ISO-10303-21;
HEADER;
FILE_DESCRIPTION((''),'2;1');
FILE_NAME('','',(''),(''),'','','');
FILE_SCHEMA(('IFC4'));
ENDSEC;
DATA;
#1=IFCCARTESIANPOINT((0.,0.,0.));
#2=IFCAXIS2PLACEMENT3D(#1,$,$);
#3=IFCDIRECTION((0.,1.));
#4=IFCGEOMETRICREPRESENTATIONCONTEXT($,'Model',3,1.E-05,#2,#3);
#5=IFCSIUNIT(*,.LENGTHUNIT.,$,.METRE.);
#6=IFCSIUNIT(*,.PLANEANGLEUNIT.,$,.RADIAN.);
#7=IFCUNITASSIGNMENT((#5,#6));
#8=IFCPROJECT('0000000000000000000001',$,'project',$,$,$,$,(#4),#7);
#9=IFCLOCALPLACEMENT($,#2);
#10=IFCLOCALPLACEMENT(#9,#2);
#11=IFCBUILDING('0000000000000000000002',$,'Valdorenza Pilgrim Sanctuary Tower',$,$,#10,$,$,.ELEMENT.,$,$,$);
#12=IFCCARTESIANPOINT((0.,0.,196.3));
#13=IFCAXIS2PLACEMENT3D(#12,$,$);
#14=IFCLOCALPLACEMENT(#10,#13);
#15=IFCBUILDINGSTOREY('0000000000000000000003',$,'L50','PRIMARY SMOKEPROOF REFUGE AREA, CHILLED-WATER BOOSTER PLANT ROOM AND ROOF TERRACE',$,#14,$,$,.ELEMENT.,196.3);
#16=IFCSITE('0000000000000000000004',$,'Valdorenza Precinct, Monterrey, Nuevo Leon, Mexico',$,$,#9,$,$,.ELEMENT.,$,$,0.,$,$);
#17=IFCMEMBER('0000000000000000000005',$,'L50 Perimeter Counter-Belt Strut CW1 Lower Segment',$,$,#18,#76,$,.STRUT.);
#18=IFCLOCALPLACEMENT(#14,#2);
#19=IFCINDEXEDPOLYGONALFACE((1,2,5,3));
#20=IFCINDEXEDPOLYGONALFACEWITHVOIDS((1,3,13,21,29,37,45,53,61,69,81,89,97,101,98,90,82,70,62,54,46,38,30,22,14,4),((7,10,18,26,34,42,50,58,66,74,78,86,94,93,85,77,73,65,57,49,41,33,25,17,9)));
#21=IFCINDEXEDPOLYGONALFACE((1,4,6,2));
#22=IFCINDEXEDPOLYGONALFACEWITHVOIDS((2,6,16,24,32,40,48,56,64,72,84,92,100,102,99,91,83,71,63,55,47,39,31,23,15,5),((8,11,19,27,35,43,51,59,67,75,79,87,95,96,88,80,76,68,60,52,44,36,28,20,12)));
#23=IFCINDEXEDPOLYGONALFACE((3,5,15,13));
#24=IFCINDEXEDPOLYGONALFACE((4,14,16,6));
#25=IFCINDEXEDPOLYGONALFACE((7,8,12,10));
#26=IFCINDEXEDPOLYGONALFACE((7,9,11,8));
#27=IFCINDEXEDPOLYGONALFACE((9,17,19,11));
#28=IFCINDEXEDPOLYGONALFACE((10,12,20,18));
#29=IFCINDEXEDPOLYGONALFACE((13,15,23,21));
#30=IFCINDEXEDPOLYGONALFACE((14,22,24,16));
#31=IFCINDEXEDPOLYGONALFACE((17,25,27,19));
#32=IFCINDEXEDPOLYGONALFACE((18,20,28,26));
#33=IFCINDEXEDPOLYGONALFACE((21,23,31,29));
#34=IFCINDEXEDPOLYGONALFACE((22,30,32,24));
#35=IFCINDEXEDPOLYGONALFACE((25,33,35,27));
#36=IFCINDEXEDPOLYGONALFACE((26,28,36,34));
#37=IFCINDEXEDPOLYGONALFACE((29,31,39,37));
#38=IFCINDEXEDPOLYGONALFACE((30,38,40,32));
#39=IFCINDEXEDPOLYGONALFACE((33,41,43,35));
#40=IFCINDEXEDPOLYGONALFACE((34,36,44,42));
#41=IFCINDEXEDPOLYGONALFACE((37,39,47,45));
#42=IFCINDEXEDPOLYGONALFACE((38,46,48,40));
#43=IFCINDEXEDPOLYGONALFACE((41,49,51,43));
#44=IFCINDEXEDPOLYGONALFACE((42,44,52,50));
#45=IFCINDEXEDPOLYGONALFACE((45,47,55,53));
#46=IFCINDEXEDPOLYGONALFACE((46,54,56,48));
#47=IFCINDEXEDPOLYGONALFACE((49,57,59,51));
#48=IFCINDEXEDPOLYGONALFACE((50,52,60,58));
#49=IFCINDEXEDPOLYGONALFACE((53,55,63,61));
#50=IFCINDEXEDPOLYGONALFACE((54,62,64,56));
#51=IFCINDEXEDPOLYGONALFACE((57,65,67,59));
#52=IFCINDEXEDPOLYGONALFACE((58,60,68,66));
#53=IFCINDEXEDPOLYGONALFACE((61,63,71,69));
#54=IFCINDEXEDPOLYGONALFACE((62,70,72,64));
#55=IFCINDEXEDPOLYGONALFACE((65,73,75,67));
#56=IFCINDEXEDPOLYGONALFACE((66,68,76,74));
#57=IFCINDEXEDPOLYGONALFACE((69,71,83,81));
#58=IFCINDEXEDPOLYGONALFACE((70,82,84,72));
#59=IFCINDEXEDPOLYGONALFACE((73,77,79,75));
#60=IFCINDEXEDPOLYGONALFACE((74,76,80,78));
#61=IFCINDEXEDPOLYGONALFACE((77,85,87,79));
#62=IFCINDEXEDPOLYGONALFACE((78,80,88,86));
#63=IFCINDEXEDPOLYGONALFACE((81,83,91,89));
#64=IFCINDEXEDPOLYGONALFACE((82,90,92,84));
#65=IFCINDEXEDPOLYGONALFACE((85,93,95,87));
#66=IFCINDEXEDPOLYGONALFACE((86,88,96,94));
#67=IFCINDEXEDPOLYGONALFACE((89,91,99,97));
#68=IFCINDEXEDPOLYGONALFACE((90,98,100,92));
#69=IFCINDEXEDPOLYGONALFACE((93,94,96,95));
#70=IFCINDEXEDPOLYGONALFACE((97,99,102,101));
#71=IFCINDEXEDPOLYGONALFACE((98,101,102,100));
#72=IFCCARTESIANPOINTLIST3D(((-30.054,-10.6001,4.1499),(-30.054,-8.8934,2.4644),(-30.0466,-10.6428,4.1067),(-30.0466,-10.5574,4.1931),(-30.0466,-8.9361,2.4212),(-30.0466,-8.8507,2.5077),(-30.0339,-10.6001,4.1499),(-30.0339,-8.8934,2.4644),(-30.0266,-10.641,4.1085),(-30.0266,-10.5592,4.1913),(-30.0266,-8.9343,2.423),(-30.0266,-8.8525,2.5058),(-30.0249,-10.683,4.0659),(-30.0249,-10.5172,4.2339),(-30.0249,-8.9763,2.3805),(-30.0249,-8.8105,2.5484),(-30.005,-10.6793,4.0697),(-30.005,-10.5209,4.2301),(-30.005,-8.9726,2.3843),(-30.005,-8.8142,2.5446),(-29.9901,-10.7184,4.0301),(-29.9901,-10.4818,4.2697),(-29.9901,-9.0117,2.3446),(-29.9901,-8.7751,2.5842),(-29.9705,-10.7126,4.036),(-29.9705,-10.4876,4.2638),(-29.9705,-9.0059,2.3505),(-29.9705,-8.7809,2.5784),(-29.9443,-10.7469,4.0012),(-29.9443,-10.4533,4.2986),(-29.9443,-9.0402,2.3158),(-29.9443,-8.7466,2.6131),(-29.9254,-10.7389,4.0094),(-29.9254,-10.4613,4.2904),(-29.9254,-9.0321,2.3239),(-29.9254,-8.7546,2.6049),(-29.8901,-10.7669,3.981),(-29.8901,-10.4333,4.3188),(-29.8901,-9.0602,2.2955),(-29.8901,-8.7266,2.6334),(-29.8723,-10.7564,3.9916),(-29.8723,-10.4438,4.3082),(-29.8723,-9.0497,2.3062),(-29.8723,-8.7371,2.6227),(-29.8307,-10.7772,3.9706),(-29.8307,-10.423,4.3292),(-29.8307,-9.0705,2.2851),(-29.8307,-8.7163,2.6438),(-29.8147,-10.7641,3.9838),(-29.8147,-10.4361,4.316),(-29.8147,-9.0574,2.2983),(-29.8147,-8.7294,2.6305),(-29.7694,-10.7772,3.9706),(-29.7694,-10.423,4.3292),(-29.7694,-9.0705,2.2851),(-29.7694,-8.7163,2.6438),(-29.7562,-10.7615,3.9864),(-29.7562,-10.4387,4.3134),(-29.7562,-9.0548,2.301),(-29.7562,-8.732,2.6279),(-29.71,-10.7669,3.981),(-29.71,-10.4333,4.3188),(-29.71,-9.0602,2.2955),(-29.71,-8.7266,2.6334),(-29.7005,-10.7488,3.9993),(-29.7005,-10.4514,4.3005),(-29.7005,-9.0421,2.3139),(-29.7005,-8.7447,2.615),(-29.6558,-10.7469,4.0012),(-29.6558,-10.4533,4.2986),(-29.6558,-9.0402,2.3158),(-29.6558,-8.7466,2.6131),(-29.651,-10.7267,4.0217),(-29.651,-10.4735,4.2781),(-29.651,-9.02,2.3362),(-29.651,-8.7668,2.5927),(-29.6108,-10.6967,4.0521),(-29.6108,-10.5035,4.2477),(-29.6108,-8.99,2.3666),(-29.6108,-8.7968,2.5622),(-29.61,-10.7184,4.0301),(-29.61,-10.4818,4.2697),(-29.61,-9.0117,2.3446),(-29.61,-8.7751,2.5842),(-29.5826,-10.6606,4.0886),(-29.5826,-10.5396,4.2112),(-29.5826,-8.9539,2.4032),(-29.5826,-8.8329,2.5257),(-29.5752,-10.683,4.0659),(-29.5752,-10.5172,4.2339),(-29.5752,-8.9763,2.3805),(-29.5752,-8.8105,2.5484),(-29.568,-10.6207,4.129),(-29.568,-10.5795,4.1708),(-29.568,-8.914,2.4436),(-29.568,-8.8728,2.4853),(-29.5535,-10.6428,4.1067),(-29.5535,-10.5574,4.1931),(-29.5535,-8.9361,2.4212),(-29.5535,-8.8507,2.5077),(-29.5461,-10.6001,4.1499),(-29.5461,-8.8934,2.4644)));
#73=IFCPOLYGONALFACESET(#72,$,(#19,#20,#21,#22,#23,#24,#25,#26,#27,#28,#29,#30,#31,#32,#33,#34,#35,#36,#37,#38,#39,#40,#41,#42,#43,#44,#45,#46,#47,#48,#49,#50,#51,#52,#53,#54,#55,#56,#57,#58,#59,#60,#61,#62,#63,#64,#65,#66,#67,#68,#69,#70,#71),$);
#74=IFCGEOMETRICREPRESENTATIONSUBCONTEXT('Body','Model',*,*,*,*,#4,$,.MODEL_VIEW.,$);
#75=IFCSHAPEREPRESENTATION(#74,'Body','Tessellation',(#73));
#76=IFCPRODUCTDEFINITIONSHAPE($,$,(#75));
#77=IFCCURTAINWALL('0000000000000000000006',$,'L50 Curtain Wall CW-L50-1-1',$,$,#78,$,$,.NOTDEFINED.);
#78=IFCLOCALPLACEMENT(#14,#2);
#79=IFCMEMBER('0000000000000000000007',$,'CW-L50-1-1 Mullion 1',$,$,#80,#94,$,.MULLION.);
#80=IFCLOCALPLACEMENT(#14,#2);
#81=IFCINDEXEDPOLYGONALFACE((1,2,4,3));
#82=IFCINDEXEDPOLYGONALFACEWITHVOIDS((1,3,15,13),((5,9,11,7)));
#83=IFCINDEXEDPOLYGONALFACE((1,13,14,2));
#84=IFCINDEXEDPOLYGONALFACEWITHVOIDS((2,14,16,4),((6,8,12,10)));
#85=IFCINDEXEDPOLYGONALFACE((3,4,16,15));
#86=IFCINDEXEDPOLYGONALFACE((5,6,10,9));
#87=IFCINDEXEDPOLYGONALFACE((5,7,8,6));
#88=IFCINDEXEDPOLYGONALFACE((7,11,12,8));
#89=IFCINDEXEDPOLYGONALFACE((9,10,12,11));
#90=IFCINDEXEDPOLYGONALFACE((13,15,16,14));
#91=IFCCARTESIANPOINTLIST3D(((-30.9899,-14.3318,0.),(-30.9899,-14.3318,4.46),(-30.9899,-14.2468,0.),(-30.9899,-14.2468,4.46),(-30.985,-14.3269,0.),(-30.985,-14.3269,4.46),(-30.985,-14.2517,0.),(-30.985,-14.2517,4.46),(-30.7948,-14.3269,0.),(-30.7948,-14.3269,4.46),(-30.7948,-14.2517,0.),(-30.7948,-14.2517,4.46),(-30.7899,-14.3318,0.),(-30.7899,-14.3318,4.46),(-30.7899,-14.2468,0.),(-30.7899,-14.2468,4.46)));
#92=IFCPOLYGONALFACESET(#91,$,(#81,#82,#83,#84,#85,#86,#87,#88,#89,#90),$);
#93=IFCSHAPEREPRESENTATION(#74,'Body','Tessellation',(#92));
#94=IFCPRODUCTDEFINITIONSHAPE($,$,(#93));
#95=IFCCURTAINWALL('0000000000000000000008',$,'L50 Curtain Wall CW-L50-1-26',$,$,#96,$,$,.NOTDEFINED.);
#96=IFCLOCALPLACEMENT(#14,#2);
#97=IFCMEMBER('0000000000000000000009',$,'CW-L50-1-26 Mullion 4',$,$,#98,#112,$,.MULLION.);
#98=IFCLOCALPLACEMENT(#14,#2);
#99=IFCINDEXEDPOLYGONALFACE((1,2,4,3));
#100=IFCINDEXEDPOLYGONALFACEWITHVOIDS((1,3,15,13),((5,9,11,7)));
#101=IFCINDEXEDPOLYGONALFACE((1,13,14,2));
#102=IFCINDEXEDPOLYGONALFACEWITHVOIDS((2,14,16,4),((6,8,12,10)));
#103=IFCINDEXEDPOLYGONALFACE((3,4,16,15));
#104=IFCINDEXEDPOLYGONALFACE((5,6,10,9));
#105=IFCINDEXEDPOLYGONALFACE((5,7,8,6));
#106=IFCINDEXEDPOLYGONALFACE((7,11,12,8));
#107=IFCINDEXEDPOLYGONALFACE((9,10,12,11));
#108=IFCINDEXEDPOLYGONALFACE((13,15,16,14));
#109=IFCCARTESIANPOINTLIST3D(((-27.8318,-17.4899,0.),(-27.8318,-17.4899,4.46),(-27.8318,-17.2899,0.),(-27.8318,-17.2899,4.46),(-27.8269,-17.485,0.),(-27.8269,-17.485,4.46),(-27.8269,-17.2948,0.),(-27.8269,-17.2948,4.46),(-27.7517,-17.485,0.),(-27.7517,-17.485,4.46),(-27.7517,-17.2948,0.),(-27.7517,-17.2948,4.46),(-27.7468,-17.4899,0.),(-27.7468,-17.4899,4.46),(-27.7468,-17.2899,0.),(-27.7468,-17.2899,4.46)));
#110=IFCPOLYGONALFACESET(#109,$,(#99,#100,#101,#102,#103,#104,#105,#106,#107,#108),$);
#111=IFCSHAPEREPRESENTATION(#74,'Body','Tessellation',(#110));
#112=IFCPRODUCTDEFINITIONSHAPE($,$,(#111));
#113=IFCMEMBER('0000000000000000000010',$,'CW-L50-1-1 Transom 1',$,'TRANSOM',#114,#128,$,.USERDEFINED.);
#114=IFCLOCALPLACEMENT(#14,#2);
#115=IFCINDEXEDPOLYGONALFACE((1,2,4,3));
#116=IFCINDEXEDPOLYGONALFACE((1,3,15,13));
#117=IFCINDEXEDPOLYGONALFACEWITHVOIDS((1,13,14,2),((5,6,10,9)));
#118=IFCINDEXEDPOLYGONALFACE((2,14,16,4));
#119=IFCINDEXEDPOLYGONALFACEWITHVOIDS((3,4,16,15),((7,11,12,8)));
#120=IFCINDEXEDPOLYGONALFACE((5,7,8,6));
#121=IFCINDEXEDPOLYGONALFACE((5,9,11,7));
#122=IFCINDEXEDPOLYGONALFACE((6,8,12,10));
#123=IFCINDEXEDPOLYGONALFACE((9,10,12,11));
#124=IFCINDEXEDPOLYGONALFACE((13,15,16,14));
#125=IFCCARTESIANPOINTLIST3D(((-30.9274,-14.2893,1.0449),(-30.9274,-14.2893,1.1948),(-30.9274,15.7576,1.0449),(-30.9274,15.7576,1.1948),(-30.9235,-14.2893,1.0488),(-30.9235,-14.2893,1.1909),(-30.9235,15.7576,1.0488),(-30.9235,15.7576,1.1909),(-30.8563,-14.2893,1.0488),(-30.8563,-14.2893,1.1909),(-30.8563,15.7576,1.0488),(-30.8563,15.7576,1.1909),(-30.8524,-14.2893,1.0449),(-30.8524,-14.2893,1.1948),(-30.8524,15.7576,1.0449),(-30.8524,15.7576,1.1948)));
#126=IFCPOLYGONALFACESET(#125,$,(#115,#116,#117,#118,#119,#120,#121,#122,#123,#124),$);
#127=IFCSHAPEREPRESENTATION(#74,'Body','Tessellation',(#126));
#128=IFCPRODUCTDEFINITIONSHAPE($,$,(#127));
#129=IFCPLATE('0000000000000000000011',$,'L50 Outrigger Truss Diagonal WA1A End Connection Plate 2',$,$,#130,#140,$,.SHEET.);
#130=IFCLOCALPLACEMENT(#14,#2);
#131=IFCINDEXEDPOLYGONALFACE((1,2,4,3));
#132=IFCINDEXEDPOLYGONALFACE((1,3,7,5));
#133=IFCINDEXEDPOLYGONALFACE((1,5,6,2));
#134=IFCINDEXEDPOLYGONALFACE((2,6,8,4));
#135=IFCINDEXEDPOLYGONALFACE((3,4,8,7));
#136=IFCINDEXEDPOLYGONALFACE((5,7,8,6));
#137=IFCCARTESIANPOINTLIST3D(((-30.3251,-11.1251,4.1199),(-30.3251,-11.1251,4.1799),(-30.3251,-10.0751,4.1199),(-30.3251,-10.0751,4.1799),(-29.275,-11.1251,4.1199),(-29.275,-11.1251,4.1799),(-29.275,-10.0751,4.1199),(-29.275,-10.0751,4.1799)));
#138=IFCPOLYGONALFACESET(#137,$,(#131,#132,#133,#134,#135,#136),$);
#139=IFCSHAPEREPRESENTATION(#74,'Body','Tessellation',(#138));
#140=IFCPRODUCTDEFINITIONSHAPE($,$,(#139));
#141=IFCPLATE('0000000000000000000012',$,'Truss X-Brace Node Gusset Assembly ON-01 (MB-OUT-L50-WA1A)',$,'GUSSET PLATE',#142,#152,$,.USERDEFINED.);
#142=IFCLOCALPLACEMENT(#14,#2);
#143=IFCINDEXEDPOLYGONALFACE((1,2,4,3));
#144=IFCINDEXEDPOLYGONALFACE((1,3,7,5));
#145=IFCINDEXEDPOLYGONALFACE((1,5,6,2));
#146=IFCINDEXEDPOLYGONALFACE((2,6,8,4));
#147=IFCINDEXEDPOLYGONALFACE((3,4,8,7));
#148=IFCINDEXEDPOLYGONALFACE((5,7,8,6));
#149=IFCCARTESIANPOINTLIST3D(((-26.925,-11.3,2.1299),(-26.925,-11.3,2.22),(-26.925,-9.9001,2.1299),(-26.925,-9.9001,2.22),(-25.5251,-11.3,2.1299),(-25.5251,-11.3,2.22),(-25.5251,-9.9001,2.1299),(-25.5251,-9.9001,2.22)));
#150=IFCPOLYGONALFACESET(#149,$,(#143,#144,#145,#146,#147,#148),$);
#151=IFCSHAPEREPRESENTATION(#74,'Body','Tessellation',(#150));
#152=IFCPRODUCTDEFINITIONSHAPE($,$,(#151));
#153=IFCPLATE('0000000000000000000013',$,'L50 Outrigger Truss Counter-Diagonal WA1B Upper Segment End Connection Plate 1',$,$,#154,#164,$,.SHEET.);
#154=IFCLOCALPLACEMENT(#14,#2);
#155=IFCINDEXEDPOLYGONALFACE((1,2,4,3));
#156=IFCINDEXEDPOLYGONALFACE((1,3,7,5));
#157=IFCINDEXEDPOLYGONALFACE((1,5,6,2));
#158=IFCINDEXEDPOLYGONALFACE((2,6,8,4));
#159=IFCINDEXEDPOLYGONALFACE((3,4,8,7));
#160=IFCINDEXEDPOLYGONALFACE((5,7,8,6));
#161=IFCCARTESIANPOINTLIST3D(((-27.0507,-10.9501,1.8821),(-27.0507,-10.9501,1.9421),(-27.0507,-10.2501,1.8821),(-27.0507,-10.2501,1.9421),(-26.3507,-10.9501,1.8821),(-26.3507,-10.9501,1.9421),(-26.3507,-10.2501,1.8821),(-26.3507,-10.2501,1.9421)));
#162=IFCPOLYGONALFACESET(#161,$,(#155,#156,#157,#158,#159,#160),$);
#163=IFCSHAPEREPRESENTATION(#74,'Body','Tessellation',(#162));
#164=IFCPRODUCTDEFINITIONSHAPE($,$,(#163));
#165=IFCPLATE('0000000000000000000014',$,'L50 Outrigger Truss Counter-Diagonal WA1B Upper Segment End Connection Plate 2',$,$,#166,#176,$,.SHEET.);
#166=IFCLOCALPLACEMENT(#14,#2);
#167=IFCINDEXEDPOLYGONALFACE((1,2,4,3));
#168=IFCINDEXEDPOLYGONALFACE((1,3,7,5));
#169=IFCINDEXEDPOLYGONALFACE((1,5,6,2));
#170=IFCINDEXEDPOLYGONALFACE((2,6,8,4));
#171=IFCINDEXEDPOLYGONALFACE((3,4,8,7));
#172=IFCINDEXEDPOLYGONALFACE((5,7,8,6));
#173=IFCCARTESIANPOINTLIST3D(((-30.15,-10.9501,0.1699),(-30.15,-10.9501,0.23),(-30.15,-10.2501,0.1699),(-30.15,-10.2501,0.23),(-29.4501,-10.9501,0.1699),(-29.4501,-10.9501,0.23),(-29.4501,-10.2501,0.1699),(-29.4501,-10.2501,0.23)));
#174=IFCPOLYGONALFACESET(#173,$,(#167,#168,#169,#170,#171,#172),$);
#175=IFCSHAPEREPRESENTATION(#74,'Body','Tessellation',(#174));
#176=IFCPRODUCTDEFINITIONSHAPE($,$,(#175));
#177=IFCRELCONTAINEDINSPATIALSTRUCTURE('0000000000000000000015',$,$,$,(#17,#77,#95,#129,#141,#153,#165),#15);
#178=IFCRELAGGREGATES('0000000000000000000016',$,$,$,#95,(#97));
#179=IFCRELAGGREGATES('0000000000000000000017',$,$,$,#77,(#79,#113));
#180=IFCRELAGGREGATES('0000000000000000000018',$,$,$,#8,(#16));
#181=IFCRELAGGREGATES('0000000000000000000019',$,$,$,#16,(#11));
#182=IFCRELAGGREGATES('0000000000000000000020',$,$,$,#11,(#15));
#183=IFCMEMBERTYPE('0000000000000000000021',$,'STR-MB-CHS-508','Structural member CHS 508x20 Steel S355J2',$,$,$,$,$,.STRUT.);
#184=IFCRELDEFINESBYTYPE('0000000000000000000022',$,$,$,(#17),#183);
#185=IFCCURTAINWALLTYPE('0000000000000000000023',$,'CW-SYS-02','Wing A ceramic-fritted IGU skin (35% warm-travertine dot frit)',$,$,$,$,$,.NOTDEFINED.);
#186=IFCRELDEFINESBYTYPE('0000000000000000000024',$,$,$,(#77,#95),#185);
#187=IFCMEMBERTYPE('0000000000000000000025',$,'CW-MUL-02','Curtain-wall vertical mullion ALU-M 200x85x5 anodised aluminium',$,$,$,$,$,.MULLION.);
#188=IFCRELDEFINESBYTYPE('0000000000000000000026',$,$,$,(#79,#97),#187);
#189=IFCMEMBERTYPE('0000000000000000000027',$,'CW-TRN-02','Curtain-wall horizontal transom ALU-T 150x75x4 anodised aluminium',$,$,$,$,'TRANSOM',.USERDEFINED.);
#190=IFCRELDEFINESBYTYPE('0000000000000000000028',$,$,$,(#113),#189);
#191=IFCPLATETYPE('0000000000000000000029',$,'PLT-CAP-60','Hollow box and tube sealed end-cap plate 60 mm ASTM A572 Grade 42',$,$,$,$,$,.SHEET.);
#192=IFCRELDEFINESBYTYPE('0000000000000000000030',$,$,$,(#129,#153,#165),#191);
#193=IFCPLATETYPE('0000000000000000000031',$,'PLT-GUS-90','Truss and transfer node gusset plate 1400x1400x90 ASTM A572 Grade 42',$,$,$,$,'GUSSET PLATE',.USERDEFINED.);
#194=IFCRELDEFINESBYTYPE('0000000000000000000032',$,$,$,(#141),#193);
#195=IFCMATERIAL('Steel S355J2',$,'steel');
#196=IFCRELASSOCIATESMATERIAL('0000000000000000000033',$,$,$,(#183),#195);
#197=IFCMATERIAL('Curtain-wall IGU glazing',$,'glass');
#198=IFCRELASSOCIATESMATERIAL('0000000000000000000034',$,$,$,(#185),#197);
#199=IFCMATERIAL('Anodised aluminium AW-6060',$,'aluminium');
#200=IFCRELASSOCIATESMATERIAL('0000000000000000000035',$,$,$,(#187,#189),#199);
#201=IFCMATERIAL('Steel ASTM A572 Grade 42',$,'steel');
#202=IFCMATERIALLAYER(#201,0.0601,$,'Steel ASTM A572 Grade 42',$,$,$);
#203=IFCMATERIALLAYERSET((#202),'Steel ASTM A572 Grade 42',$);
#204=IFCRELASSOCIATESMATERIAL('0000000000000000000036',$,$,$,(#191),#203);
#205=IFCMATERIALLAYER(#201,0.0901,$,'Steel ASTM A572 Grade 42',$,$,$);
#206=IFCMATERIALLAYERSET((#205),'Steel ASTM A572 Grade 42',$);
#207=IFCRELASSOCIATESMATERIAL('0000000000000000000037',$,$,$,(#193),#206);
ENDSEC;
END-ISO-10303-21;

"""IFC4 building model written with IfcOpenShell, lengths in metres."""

from ifc_helpers import new_model, si_unit, direction, frame, origin, origin_2d, place, context, subcontext, project, spatial, rectangle, hollow_rectangle, hollow_circle, extrude, source, transform, mapped, material, layer, layer_set, material_profile, profile_set, type_object, element, aggregate, save


model = new_model("IFC4")

# Units and contexts
model_context = context("Model", 3, precision=1e-05, world=origin(), true_north=direction((0.0, 1.0)))
body_context = subcontext(model_context, "Body", "Model", "MODEL_VIEW")
ifc_project = project(units=[si_unit("LENGTHUNIT", "METRE"), si_unit("PLANEANGLEUNIT", "RADIAN")], contexts=[model_context])

# Site, building, storey
site_placement = place(None, origin())
site = spatial("IfcSite", under=ifc_project, at=site_placement, Name="Valdorenza Precinct, Monterrey, Nuevo Leon, Mexico", CompositionType="ELEMENT", RefElevation=0.0)
building_placement = place(site_placement, origin())
building = spatial("IfcBuilding", under=site, at=building_placement, Name="Valdorenza Pilgrim Sanctuary Tower", CompositionType="ELEMENT")
storey_placement = place(building_placement, frame((0.0, 0.0, 196.3)))
storey = spatial("IfcBuildingStorey", under=building, at=storey_placement, Name="L50", Description="PRIMARY SMOKEPROOF REFUGE AREA, CHILLED-WATER BOOSTER PLANT ROOM AND ROOF TERRACE", CompositionType="ELEMENT", Elevation=196.3)

# Member
ifc_material_1 = material(Name="Steel ASTM A572 Grade 42", Category="steel")
ifc_material_2 = material(Name="Steel S355J2", Category="steel")
ifc_material_profile_1 = material_profile(ifc_material_2, hollow_circle(Radius=0.2539, WallThickness=0.02, at=origin_2d()), Name="CHS 508x20")
ifc_profile_set_1 = profile_set([ifc_material_profile_1], Name="Steel S355J2")
member_type_1 = type_object("IfcMemberType", Name="STR-MB-CHS-508", Description="Structural member CHS 508x20 Steel S355J2", PredefinedType="STRUT", material=ifc_profile_set_1)
shared_shape_1 = source(origin(), body_context, "Body", "SweptSolid", [
    extrude(hollow_circle(Radius=0.2539, WallThickness=0.02, at=origin_2d()), origin(), (0.0, 0.0, 1.0), 2.3987),
])
member_1_placement = place(storey_placement, frame((-29.8, -10.6001, 4.1499), z_axis=(0.0, 0.71152, -0.702666), x_axis=(-1.0, 0.0, 0.0)))
element("IfcMember", 1, at=member_1_placement, inside=storey, type_object=member_type_1, Name="L50 Perimeter Counter-Belt Strut CW1 Lower Segment", PredefinedType="STRUT", context=body_context, shape_type="MappedRepresentation", body=[
    mapped(shared_shape_1, transform((0.0, 0.0, 0.0), x_axis=(1.0, 0.0, 0.0), y_axis=(0.0, 1.0, 0.0), z_axis=(0.0, 0.0, 1.0), scale=1.0)),
])

# Curtain walls, members
ifc_material_3 = material(Name="Curtain-wall IGU glazing", Category="glass")
curtain_wall_type = type_object("IfcCurtainWallType", Name="CW-SYS-02", Description="Wing A ceramic-fritted IGU skin (35% warm-travertine dot frit)", PredefinedType="NOTDEFINED", material=ifc_material_3)
curtain_wall_1_placement = place(storey_placement, origin())
curtain_wall_1 = element("IfcCurtainWall", 2, at=curtain_wall_1_placement, inside=storey, type_object=curtain_wall_type, Name="L50 Curtain Wall CW-L50-1-1", PredefinedType="NOTDEFINED")
ifc_material_4 = material(Name="Anodised aluminium AW-6060", Category="aluminium")
ifc_material_profile_2 = material_profile(ifc_material_4, hollow_rectangle(XDim=0.085, YDim=0.2, WallThickness=0.0049, at=origin_2d()), Name="ALU-M 200x85x5")
ifc_profile_set_2 = profile_set([ifc_material_profile_2], Name="Anodised aluminium AW-6060")
member_type_2 = type_object("IfcMemberType", Name="CW-MUL-02", Description="Curtain-wall vertical mullion ALU-M 200x85x5 anodised aluminium", PredefinedType="MULLION", material=ifc_profile_set_2)
shared_shape_2 = source(origin(), body_context, "Body", "SweptSolid", [
    extrude(hollow_rectangle(XDim=0.085, YDim=0.2, WallThickness=0.0049, at=origin_2d()), origin(), (0.0, 0.0, 1.0), 4.46),
])
member_2_placement = place(storey_placement, frame((-30.8899, -14.2893, 0.0), z_axis=(0.0, 0.0, 1.0), x_axis=(0.0, 1.0, 0.0)))
member_2 = element("IfcMember", 3, at=member_2_placement, type_object=member_type_2, Name="CW-L50-1-1 Mullion 1", PredefinedType="MULLION", context=body_context, shape_type="MappedRepresentation", body=[
    mapped(shared_shape_2, transform((0.0, 0.0, 0.0), x_axis=(1.0, 0.0, 0.0), y_axis=(0.0, 1.0, 0.0), z_axis=(0.0, 0.0, 1.0), scale=1.0)),
])
curtain_wall_2_placement = place(storey_placement, origin())
curtain_wall_2 = element("IfcCurtainWall", 4, at=curtain_wall_2_placement, inside=storey, type_object=curtain_wall_type, Name="L50 Curtain Wall CW-L50-1-26", PredefinedType="NOTDEFINED")
member_3_placement = place(storey_placement, frame((-27.7893, -17.3899, 0.0), z_axis=(0.0, 0.0, 1.0), x_axis=(-1.0, 0.0, 0.0)))
member_3 = element("IfcMember", 5, at=member_3_placement, type_object=member_type_2, Name="CW-L50-1-26 Mullion 4", PredefinedType="MULLION", context=body_context, shape_type="MappedRepresentation", body=[
    mapped(shared_shape_2, transform((0.0, 0.0, 0.0), x_axis=(1.0, 0.0, 0.0), y_axis=(0.0, 1.0, 0.0), z_axis=(0.0, 0.0, 1.0), scale=1.0)),
])
aggregate(curtain_wall_2, [member_3])

# Member
ifc_material_profile_3 = material_profile(ifc_material_4, hollow_rectangle(XDim=0.075, YDim=0.1499, WallThickness=0.0039, at=origin_2d()), Name="ALU-T 150x75x4")
ifc_profile_set_3 = profile_set([ifc_material_profile_3], Name="Anodised aluminium AW-6060")
member_type_3 = type_object("IfcMemberType", Name="CW-TRN-02", Description="Curtain-wall horizontal transom ALU-T 150x75x4 anodised aluminium", ElementType="TRANSOM", PredefinedType="USERDEFINED", material=ifc_profile_set_3)
shared_shape_3 = source(origin(), body_context, "Body", "SweptSolid", [
    extrude(hollow_rectangle(XDim=0.075, YDim=0.1499, WallThickness=0.0039, at=origin_2d()), origin(), (0.0, 0.0, 1.0), 30.0469),
])
member_4_placement = place(storey_placement, frame((-30.8899, -14.2893, 1.1199), z_axis=(0.0, 1.0, 0.0), x_axis=(-1.0, 0.0, 0.0)))
member_4 = element("IfcMember", 6, at=member_4_placement, type_object=member_type_3, Name="CW-L50-1-1 Transom 1", ObjectType="TRANSOM", PredefinedType="USERDEFINED", context=body_context, shape_type="MappedRepresentation", body=[
    mapped(shared_shape_3, transform((0.0, 0.0, 0.0), x_axis=(1.0, 0.0, 0.0), y_axis=(0.0, 1.0, 0.0), z_axis=(0.0, 0.0, 1.0), scale=1.0)),
])

# Plates
ifc_layer_1 = layer(ifc_material_1, 0.0601, Name="Steel ASTM A572 Grade 42")
ifc_layer_set_1 = layer_set([ifc_layer_1], Name="Steel ASTM A572 Grade 42")
plate_type_1 = type_object("IfcPlateType", Name="PLT-CAP-60", Description="Hollow box and tube sealed end-cap plate 60 mm ASTM A572 Grade 42", PredefinedType="SHEET", material=ifc_layer_set_1)
shared_shape_4 = source(origin(), body_context, "Body", "SweptSolid", [
    extrude(rectangle(XDim=1.05, YDim=1.05, at=origin_2d()), origin(), (0.0, 0.0, 1.0), 0.0601),
])
plate_1_placement = place(storey_placement, frame((-29.8, -10.6001, 4.1199), z_axis=(0.0, 0.0, 1.0), x_axis=(1.0, 0.0, 0.0)))
element("IfcPlate", 7, at=plate_1_placement, inside=storey, type_object=plate_type_1, Name="L50 Outrigger Truss Diagonal WA1A End Connection Plate 2", PredefinedType="SHEET", context=body_context, shape_type="MappedRepresentation", body=[
    mapped(shared_shape_4, transform((0.0, 0.0, 0.0), x_axis=(1.0, 0.0, 0.0), y_axis=(0.0, 1.0, 0.0), z_axis=(0.0, 0.0, 1.0), scale=1.0)),
])
ifc_layer_2 = layer(ifc_material_1, 0.0901, Name="Steel ASTM A572 Grade 42")
ifc_layer_set_2 = layer_set([ifc_layer_2], Name="Steel ASTM A572 Grade 42")
plate_type_2 = type_object("IfcPlateType", Name="PLT-GUS-90", Description="Truss and transfer node gusset plate 1400x1400x90 ASTM A572 Grade 42", ElementType="GUSSET PLATE", PredefinedType="USERDEFINED", material=ifc_layer_set_2)
shared_shape_5 = source(origin(), body_context, "Body", "SweptSolid", [
    extrude(rectangle(XDim=1.3999, YDim=1.3999, at=origin_2d()), origin(), (0.0, 0.0, 1.0), 0.0901),
])
plate_2_placement = place(storey_placement, frame((-26.2251, -10.6001, 2.1299), z_axis=(0.0, 0.0, 1.0), x_axis=(1.0, 0.0, 0.0)))
element("IfcPlate", 8, at=plate_2_placement, inside=storey, type_object=plate_type_2, Name="Truss X-Brace Node Gusset Assembly ON-01 (MB-OUT-L50-WA1A)", ObjectType="GUSSET PLATE", PredefinedType="USERDEFINED", context=body_context, shape_type="MappedRepresentation", body=[
    mapped(shared_shape_5, transform((0.0, 0.0, 0.0), x_axis=(1.0, 0.0, 0.0), y_axis=(0.0, 1.0, 0.0), z_axis=(0.0, 0.0, 1.0), scale=1.0)),
])
shared_shape_6 = source(origin(), body_context, "Body", "SweptSolid", [
    extrude(rectangle(XDim=0.7, YDim=0.7, at=origin_2d()), origin(), (0.0, 0.0, 1.0), 0.0601),
])
for number, where, z_axis, x_axis, name in (
    (9, (-26.7007, -10.6001, 1.8821), (0.0, 0.0, 1.0), (1.0, 0.0, 0.0), "L50 Outrigger Truss Counter-Diagonal WA1B Upper Segment End Connection Plate 1"),
    (10, (-29.8, -10.6001, 0.1699), (0.0, 0.0, 1.0), (1.0, 0.0, 0.0), "L50 Outrigger Truss Counter-Diagonal WA1B Upper Segment End Connection Plate 2"),
):
    element("IfcPlate", number, at=place(storey_placement, frame(where, z_axis=z_axis, x_axis=x_axis)), inside=storey, type_object=plate_type_1, Name=name, PredefinedType="SHEET", context=body_context, shape_type="MappedRepresentation", body=[
        mapped(shared_shape_6, transform((0.0, 0.0, 0.0), x_axis=(1.0, 0.0, 0.0), y_axis=(0.0, 1.0, 0.0), z_axis=(0.0, 0.0, 1.0), scale=1.0)),
    ])

aggregate(curtain_wall_1, [member_2, member_4])

save(model, "model.ifc")
